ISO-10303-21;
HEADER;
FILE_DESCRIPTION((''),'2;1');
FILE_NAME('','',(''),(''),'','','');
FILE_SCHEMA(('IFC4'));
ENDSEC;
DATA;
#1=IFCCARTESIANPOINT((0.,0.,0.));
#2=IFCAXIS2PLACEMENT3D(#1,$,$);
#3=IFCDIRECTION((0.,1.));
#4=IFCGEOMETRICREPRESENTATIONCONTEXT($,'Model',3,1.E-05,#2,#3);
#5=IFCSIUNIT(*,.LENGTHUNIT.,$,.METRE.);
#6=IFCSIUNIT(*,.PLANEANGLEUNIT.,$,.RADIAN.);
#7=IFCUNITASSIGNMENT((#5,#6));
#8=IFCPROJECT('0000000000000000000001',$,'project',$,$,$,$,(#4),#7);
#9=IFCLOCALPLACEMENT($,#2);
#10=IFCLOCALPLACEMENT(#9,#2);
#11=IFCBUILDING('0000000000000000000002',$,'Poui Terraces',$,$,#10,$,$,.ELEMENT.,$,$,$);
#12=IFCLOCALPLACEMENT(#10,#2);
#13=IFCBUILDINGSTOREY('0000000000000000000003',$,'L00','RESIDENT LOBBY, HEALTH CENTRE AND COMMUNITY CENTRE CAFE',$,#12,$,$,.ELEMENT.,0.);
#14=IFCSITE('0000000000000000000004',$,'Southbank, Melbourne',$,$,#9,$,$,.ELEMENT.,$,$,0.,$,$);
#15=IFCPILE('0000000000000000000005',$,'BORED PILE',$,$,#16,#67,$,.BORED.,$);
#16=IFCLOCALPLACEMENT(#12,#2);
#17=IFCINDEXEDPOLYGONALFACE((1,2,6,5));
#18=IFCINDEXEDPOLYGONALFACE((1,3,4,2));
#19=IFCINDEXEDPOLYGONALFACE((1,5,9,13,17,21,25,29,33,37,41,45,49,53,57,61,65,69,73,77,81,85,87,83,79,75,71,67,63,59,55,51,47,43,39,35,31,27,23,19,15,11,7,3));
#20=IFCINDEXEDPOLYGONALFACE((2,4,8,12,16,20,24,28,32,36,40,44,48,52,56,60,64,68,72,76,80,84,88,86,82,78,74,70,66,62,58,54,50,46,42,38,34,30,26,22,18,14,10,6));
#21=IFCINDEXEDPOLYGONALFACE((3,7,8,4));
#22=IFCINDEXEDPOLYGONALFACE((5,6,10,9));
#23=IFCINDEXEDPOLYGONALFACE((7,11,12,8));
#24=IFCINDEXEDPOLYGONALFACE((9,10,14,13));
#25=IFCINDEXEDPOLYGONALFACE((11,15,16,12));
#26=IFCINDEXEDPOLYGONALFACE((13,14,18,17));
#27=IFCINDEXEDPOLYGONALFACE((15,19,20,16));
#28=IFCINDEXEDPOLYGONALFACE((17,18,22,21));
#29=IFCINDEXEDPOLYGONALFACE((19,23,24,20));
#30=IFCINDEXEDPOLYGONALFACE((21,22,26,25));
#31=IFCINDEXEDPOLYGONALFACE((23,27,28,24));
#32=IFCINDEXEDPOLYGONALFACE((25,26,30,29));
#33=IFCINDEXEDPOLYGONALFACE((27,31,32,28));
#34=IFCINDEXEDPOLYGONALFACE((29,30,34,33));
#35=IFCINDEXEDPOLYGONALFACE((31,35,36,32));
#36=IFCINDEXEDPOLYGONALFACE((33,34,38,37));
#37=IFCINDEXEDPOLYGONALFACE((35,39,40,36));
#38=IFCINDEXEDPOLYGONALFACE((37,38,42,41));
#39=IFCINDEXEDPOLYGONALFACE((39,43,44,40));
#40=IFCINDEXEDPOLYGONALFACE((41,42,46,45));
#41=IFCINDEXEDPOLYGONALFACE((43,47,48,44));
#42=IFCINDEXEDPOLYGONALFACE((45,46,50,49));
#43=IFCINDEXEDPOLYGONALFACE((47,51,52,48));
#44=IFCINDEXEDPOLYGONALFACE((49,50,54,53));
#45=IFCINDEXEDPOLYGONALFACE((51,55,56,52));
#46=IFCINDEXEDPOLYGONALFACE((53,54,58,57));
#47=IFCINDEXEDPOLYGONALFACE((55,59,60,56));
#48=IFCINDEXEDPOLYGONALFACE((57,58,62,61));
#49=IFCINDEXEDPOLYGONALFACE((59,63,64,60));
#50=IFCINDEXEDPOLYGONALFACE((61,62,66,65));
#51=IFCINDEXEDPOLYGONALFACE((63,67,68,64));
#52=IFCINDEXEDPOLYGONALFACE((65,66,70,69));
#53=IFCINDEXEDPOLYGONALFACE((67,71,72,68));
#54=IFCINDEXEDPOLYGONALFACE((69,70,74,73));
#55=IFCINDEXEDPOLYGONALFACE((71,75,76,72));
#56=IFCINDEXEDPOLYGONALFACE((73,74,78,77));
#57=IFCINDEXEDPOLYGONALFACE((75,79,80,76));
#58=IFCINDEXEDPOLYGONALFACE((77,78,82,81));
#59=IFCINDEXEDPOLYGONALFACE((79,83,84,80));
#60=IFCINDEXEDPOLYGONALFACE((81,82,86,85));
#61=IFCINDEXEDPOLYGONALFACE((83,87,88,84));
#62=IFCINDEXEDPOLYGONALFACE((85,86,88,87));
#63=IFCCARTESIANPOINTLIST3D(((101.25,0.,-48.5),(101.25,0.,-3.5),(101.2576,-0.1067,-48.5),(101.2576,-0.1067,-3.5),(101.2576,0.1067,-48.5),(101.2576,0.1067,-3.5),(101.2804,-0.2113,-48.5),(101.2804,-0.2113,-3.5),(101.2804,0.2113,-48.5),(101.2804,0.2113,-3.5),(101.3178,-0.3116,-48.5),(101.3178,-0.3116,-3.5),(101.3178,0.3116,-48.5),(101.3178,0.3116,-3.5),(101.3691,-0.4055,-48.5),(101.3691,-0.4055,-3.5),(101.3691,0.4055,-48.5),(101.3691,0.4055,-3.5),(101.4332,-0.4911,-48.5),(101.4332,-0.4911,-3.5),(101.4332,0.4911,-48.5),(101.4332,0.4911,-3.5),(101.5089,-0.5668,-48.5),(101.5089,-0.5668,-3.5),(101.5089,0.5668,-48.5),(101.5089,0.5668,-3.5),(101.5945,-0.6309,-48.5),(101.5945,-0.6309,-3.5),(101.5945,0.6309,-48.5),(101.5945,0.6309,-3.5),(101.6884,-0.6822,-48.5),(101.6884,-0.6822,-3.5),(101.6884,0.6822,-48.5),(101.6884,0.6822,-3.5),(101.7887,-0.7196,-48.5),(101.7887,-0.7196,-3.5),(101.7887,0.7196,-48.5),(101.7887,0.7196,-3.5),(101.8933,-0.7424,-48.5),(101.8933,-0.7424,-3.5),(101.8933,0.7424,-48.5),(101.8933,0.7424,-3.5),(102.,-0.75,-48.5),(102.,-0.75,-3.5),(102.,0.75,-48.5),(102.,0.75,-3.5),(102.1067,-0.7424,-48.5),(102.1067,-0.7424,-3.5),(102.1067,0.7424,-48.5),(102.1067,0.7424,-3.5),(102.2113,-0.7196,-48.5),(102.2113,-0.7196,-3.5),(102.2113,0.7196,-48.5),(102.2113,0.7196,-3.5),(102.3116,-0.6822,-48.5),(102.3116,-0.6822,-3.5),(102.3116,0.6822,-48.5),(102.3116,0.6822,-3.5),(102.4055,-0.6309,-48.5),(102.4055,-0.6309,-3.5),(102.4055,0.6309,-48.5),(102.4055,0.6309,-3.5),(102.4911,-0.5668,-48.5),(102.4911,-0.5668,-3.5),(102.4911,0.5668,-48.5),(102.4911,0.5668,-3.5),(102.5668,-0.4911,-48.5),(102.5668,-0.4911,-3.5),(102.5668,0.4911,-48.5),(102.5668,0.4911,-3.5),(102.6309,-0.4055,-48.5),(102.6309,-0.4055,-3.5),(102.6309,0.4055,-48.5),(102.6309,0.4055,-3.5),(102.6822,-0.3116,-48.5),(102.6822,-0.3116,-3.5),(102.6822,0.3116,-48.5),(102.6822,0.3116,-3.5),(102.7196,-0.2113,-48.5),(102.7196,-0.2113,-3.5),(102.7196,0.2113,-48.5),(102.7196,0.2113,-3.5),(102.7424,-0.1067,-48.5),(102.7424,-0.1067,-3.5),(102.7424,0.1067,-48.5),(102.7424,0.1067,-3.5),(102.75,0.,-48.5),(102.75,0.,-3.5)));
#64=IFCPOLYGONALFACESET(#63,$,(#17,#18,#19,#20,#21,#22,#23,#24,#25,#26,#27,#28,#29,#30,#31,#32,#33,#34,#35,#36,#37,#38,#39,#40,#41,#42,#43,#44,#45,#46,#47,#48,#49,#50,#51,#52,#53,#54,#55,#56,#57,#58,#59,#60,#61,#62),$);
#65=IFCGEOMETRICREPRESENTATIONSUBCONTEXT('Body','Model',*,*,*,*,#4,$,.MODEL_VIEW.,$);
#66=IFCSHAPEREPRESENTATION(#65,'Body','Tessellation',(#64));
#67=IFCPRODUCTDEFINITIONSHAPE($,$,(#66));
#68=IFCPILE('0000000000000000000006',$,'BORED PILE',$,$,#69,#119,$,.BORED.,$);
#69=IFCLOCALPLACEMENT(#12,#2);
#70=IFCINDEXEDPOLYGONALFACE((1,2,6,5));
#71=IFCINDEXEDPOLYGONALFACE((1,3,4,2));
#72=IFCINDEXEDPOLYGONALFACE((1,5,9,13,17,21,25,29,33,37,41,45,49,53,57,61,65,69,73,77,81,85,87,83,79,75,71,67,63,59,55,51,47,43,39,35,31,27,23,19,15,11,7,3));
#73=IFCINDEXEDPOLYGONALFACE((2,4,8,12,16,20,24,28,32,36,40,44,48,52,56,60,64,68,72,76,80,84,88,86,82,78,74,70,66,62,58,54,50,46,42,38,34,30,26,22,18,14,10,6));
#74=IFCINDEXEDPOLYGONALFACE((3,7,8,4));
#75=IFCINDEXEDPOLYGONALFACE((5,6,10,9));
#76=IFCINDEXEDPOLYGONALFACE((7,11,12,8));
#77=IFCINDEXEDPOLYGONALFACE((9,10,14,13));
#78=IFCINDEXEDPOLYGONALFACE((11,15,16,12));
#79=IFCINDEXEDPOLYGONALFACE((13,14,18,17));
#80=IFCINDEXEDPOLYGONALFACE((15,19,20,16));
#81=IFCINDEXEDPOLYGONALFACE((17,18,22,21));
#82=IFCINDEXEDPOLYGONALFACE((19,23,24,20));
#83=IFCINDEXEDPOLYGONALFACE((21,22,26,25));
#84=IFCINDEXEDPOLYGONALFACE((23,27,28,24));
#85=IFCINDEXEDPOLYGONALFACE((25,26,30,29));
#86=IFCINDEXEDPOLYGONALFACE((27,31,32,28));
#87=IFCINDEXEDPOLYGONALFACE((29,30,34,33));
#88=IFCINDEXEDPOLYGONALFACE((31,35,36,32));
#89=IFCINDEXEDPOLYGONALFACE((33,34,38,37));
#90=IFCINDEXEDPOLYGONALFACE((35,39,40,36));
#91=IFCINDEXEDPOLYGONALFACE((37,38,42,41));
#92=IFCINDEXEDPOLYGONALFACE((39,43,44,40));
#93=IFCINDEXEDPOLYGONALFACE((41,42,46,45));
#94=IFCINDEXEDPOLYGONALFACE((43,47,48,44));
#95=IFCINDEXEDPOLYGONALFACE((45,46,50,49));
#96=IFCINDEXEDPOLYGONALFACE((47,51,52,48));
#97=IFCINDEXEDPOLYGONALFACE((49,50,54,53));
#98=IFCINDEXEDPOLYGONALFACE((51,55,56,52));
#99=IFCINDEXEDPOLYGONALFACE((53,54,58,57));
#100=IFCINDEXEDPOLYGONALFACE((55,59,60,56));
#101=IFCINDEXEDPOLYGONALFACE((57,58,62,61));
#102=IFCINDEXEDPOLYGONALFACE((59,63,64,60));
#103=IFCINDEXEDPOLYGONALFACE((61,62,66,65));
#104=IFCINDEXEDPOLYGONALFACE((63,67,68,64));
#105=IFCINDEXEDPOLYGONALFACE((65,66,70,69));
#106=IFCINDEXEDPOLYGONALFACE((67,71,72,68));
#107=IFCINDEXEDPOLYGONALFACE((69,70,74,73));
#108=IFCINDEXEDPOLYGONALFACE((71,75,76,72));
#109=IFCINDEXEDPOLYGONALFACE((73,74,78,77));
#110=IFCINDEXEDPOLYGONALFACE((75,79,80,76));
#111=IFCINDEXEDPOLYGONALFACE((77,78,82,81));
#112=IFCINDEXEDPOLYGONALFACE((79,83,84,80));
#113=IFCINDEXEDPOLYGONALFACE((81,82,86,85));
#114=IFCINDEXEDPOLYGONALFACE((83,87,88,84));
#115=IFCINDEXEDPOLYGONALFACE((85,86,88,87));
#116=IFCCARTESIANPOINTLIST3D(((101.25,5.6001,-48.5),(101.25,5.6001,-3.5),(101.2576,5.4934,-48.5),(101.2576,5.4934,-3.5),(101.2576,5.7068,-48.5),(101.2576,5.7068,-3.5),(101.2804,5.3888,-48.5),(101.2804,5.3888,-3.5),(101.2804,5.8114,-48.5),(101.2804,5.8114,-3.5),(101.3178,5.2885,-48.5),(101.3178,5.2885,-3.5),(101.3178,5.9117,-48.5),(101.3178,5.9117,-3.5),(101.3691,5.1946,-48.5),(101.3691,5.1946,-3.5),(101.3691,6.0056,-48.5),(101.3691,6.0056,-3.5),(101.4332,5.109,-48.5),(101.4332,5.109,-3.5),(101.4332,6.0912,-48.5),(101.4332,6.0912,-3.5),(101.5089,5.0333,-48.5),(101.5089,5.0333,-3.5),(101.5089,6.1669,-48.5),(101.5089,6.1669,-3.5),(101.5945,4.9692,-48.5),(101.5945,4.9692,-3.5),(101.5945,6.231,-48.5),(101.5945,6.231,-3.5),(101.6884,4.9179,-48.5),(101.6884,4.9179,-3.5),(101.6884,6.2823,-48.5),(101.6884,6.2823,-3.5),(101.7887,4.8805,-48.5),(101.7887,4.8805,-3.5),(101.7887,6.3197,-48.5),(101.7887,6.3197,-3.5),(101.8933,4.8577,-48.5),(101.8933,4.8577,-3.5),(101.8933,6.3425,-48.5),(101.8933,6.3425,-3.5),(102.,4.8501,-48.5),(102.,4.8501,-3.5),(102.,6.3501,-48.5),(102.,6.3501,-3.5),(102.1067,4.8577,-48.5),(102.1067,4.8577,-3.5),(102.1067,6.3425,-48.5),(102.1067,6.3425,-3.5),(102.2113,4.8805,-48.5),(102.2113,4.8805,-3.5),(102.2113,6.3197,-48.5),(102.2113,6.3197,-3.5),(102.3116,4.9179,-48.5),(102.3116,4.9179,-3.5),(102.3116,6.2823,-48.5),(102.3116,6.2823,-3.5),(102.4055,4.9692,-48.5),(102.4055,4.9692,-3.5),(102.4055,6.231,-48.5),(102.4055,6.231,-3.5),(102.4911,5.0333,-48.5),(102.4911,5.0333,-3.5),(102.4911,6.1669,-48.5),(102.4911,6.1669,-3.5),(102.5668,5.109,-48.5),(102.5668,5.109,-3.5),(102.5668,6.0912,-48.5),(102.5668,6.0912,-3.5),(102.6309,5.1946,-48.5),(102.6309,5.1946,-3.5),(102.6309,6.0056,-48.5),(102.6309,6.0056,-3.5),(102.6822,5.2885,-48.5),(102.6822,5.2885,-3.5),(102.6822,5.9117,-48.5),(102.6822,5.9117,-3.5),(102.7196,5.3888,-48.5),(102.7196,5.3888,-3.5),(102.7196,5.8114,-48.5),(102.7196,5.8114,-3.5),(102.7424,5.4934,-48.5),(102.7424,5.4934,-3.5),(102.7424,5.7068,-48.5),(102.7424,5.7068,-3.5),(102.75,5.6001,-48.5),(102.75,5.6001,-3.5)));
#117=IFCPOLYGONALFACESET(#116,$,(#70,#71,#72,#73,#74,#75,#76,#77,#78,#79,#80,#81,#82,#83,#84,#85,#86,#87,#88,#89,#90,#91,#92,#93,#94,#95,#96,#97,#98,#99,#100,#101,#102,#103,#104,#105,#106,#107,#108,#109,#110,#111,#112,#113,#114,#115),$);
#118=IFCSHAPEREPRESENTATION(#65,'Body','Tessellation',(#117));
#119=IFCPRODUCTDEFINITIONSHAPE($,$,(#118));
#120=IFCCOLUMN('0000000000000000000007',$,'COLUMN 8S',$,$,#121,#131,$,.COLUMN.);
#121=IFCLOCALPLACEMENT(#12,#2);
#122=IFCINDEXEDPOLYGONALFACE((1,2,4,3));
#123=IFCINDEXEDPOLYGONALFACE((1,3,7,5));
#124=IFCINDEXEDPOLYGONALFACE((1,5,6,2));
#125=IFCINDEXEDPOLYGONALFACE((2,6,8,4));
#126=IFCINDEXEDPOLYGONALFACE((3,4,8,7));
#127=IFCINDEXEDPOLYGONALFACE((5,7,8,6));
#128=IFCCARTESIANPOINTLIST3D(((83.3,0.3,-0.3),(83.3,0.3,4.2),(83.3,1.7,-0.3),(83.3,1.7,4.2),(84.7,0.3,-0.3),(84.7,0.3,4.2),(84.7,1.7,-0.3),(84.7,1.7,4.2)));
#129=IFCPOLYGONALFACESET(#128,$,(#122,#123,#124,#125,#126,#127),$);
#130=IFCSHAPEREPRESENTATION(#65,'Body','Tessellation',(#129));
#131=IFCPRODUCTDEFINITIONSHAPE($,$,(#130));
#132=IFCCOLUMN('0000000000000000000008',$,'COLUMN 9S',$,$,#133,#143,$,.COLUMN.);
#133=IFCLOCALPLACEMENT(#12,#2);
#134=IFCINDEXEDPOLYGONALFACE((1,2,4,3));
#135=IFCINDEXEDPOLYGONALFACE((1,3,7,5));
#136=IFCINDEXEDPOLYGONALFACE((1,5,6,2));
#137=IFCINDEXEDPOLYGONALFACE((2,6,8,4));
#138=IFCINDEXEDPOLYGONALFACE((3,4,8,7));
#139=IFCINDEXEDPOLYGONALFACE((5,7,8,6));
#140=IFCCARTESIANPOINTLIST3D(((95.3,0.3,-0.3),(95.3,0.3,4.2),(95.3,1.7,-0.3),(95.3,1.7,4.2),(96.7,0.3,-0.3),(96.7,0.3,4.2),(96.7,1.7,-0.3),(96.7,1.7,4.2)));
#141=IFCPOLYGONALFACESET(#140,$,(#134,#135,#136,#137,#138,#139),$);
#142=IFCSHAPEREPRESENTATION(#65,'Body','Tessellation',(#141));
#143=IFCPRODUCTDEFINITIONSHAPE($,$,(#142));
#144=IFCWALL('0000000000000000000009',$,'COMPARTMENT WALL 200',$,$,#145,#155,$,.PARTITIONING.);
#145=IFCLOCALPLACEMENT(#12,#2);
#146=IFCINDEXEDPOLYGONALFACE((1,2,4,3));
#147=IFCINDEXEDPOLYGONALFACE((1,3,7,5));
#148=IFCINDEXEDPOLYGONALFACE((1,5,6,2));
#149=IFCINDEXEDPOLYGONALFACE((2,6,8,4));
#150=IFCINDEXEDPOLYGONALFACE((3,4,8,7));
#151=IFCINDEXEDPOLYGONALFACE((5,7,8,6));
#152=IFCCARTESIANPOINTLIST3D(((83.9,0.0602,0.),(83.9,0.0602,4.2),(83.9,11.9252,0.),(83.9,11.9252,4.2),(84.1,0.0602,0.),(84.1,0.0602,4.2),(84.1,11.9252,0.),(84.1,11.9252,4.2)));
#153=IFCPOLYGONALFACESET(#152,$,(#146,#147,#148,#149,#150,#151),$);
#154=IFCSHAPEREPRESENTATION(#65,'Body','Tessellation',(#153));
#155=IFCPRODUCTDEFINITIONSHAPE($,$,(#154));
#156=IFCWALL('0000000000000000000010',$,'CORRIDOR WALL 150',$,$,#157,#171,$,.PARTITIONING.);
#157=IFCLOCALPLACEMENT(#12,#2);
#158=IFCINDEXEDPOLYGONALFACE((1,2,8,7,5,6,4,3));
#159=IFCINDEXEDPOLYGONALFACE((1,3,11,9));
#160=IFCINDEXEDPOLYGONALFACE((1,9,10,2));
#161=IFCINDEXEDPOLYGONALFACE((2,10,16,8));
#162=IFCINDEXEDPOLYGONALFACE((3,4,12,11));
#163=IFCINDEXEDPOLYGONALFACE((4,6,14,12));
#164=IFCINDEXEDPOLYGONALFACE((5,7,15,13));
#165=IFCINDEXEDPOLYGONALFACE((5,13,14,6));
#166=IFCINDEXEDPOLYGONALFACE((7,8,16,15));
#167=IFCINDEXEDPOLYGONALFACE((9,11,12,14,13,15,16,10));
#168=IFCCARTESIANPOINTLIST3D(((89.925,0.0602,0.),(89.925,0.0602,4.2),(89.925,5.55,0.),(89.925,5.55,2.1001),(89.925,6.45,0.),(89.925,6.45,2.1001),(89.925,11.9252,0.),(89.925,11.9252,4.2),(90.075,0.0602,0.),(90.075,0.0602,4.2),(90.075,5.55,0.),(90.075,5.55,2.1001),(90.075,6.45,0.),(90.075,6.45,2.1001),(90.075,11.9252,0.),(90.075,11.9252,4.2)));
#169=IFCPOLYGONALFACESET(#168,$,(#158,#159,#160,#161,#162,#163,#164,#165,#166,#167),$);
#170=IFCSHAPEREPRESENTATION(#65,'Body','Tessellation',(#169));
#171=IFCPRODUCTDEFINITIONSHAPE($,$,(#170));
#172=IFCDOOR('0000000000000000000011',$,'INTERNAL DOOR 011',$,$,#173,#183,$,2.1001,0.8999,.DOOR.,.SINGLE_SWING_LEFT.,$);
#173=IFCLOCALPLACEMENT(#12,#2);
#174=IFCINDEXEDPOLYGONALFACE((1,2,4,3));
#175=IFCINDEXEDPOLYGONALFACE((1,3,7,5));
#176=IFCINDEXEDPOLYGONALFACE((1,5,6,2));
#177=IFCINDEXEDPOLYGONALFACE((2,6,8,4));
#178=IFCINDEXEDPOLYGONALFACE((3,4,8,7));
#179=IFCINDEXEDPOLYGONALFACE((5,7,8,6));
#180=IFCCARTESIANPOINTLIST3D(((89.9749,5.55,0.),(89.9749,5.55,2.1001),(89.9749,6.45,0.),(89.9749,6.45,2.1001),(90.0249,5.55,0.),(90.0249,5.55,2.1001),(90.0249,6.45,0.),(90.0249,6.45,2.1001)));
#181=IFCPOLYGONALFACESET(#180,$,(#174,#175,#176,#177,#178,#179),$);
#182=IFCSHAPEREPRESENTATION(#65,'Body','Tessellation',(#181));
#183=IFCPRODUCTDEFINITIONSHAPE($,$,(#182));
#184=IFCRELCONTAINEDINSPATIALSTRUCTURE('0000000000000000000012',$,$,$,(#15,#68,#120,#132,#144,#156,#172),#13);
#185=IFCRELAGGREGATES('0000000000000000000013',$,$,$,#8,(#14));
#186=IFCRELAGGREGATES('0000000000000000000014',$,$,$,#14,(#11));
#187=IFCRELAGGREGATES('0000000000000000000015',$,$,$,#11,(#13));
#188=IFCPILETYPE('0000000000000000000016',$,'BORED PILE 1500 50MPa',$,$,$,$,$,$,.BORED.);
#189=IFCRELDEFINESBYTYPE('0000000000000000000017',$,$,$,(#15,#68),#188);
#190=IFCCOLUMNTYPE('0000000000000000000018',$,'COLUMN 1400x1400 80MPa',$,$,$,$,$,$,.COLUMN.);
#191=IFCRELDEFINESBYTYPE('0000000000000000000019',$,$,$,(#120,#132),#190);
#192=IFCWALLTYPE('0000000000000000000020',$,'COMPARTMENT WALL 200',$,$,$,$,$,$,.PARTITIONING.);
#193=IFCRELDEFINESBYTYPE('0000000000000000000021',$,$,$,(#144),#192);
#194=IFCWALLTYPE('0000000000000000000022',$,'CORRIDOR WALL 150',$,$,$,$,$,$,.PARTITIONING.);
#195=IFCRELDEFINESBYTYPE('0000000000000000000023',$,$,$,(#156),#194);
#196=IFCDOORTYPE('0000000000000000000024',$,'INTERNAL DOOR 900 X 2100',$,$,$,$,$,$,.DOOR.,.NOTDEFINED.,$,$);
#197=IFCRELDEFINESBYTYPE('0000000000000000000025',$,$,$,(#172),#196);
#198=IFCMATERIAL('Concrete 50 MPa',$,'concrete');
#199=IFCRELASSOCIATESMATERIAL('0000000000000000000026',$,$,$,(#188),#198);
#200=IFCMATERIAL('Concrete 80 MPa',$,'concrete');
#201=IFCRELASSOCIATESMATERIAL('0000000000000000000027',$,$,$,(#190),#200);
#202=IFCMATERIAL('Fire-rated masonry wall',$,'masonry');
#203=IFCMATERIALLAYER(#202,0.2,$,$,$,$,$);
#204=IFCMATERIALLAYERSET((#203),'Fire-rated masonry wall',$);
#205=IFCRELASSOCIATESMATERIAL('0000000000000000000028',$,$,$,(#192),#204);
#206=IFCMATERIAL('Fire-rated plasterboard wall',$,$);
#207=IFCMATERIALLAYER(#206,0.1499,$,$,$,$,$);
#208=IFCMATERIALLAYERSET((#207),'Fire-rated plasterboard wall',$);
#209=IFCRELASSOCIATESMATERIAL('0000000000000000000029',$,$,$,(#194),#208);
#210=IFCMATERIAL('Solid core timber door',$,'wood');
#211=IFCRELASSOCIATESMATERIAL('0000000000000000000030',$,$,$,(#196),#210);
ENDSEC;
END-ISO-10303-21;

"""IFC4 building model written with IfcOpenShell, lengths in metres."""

from ifc_helpers import new_model, si_unit, direction, frame, frame_2d, origin, origin_2d, place, context, subcontext, project, spatial, rectangle, circle, extrude, source, transform, mapped, material, layer, layer_set, material_profile, profile_set, type_object, element, fill, save


model = new_model("IFC4")

# Units and contexts
model_context = context("Model", 3, precision=1e-05, world=origin(), true_north=direction((0.0, 1.0)))
body_context = subcontext(model_context, "Body", "Model", "MODEL_VIEW")
ifc_project = project(units=[si_unit("LENGTHUNIT", "METRE"), si_unit("PLANEANGLEUNIT", "RADIAN")], contexts=[model_context])

# Site, building, storey
site_placement = place(None, origin())
site = spatial("IfcSite", under=ifc_project, at=site_placement, Name="Southbank, Melbourne", CompositionType="ELEMENT", RefElevation=0.0)
building_placement = place(site_placement, origin())
building = spatial("IfcBuilding", under=site, at=building_placement, Name="Poui Terraces", CompositionType="ELEMENT")
storey_placement = place(building_placement, origin())
storey = spatial("IfcBuildingStorey", under=building, at=storey_placement, Name="L00", Description="RESIDENT LOBBY, HEALTH CENTRE AND COMMUNITY CENTRE CAFE", CompositionType="ELEMENT", Elevation=0.0)

# Piles
ifc_material_1 = material(Name="Concrete 50 MPa", Category="concrete")
ifc_material_profile_1 = material_profile(ifc_material_1, circle(Radius=0.75, at=origin_2d()), Name="RC D1500")
ifc_profile_set_1 = profile_set([ifc_material_profile_1], Name="Concrete 50 MPa")
pile_type = type_object("IfcPileType", Name="BORED PILE 1500 50MPa", PredefinedType="BORED", material=ifc_profile_set_1)
for number, where, z_axis, x_axis, name in (
    (1, (102.0, 0.0, -3.5), (0.0, 0.0, -1.0), (1.0, 0.0, 0.0), "BORED PILE"),
    (2, (102.0, 5.6001, -3.5), (0.0, 0.0, -1.0), (1.0, 0.0, 0.0), "BORED PILE"),
):
    element("IfcPile", number, at=place(storey_placement, frame(where, z_axis=z_axis, x_axis=x_axis)), inside=storey, type_object=pile_type, Name=name, PredefinedType="BORED", context=body_context, shape_type="SweptSolid", body=[
        extrude(circle(Radius=0.75, at=origin_2d()), origin(), (0.0, 0.0, 1.0), 45.0),
    ])

# Columns
ifc_material_2 = material(Name="Concrete 80 MPa", Category="concrete")
ifc_material_profile_2 = material_profile(ifc_material_2, rectangle(XDim=1.3999, YDim=1.3999, at=origin_2d()), Name="RC 1400x1400")
ifc_profile_set_2 = profile_set([ifc_material_profile_2], Name="Concrete 80 MPa")
column_type = type_object("IfcColumnType", Name="COLUMN 1400x1400 80MPa", PredefinedType="COLUMN", material=ifc_profile_set_2)
shared_shape = source(origin(), body_context, "Body", "SweptSolid", [
    extrude(rectangle(XDim=1.3999, YDim=1.3999, at=origin_2d()), origin(), (0.0, 0.0, 1.0), 4.5),
])
for number, where, z_axis, x_axis, name in (
    (3, (84.0, 1.0, -0.3), (0.0, 0.0, 1.0), (1.0, 0.0, 0.0), "COLUMN 8S"),
    (4, (96.0, 1.0, -0.3), (0.0, 0.0, 1.0), (1.0, 0.0, 0.0), "COLUMN 9S"),
):
    element("IfcColumn", number, at=place(storey_placement, frame(where, z_axis=z_axis, x_axis=x_axis)), inside=storey, type_object=column_type, Name=name, PredefinedType="COLUMN", context=body_context, shape_type="MappedRepresentation", body=[
        mapped(shared_shape, transform((0.0, 0.0, 0.0))),
    ])

# Wall
ifc_material_3 = material(Name="Fire-rated masonry wall", Category="masonry")
ifc_layer_1 = layer(ifc_material_3, 0.2)
ifc_layer_set_1 = layer_set([ifc_layer_1], Name="Fire-rated masonry wall")
wall_type_1 = type_object("IfcWallType", Name="COMPARTMENT WALL 200", PredefinedType="PARTITIONING", material=ifc_layer_set_1)
wall_1_placement = place(storey_placement, frame((84.0, 0.0601, 0.0), z_axis=(0.0, 0.0, 1.0), x_axis=(0.0, 1.0, 0.0)))
element("IfcWall", 5, at=wall_1_placement, inside=storey, type_object=wall_type_1, Name="COMPARTMENT WALL 200", PredefinedType="PARTITIONING", context=body_context, shape_type="SweptSolid", body=[
    extrude(rectangle(XDim=11.865, YDim=0.2, at=frame_2d((5.9326, 0.0))), origin(), (0.0, 0.0, 1.0), 4.2),
])

# Wall, opening, door
ifc_material_4 = material(Name="Fire-rated plasterboard wall")
ifc_layer_2 = layer(ifc_material_4, 0.1499)
ifc_layer_set_2 = layer_set([ifc_layer_2], Name="Fire-rated plasterboard wall")
wall_type_2 = type_object("IfcWallType", Name="CORRIDOR WALL 150", PredefinedType="PARTITIONING", material=ifc_layer_set_2)
wall_2_placement = place(storey_placement, frame((90.0, 0.0601, 0.0), z_axis=(0.0, 0.0, 1.0), x_axis=(0.0, 1.0, 0.0)))
wall_2 = element("IfcWall", 6, at=wall_2_placement, inside=storey, type_object=wall_type_2, Name="CORRIDOR WALL 150", PredefinedType="PARTITIONING", context=body_context, shape_type="SweptSolid", body=[
    extrude(rectangle(XDim=11.865, YDim=0.1499, at=frame_2d((5.9326, 0.0))), origin(), (0.0, 0.0, 1.0), 4.2),
])
opening_1_placement = place(wall_2_placement, frame((5.49, 0.0, 0.0)))
opening_1 = element("IfcOpeningElement", 7, at=opening_1_placement, cuts=wall_2, PredefinedType="OPENING", context=body_context, shape_type="SweptSolid", body=[
    extrude(rectangle(XDim=0.8999, YDim=2.1001, at=frame_2d((0.45, 1.05))), frame((0.0, 0.085, 0.0), z_axis=(0.0, -1.0, 0.0), x_axis=(1.0, 0.0, 0.0)), (0.0, 0.0, 1.0), 0.1699),
])
ifc_material_5 = material(Name="Solid core timber door", Category="wood")
door_type_1 = type_object("IfcDoorType", Name="INTERNAL DOOR 900 X 2100", OperationType="NOTDEFINED", PredefinedType="DOOR", material=ifc_material_5)
door_1_placement = place(opening_1_placement, frame((0.8999, 0.0, 0.0), z_axis=(0.0, 0.0, 1.0), x_axis=(-1.0, 0.0, 0.0)))
door_1 = element("IfcDoor", 8, at=door_1_placement, inside=storey, type_object=door_type_1, Name="INTERNAL DOOR 011", OperationType="SINGLE_SWING_LEFT", OverallHeight=2.1001, OverallWidth=0.8999, PredefinedType="DOOR", context=body_context, shape_type="SweptSolid", body=[
    extrude(rectangle(XDim=0.8999, YDim=2.1001, at=frame_2d((0.45, 1.05))), frame((0.0, 0.0249, 0.0), z_axis=(0.0, -1.0, 0.0), x_axis=(1.0, 0.0, 0.0)), (0.0, 0.0, 1.0), 0.05),
])
fill(opening_1, door_1)

save(model, "model.ifc")
